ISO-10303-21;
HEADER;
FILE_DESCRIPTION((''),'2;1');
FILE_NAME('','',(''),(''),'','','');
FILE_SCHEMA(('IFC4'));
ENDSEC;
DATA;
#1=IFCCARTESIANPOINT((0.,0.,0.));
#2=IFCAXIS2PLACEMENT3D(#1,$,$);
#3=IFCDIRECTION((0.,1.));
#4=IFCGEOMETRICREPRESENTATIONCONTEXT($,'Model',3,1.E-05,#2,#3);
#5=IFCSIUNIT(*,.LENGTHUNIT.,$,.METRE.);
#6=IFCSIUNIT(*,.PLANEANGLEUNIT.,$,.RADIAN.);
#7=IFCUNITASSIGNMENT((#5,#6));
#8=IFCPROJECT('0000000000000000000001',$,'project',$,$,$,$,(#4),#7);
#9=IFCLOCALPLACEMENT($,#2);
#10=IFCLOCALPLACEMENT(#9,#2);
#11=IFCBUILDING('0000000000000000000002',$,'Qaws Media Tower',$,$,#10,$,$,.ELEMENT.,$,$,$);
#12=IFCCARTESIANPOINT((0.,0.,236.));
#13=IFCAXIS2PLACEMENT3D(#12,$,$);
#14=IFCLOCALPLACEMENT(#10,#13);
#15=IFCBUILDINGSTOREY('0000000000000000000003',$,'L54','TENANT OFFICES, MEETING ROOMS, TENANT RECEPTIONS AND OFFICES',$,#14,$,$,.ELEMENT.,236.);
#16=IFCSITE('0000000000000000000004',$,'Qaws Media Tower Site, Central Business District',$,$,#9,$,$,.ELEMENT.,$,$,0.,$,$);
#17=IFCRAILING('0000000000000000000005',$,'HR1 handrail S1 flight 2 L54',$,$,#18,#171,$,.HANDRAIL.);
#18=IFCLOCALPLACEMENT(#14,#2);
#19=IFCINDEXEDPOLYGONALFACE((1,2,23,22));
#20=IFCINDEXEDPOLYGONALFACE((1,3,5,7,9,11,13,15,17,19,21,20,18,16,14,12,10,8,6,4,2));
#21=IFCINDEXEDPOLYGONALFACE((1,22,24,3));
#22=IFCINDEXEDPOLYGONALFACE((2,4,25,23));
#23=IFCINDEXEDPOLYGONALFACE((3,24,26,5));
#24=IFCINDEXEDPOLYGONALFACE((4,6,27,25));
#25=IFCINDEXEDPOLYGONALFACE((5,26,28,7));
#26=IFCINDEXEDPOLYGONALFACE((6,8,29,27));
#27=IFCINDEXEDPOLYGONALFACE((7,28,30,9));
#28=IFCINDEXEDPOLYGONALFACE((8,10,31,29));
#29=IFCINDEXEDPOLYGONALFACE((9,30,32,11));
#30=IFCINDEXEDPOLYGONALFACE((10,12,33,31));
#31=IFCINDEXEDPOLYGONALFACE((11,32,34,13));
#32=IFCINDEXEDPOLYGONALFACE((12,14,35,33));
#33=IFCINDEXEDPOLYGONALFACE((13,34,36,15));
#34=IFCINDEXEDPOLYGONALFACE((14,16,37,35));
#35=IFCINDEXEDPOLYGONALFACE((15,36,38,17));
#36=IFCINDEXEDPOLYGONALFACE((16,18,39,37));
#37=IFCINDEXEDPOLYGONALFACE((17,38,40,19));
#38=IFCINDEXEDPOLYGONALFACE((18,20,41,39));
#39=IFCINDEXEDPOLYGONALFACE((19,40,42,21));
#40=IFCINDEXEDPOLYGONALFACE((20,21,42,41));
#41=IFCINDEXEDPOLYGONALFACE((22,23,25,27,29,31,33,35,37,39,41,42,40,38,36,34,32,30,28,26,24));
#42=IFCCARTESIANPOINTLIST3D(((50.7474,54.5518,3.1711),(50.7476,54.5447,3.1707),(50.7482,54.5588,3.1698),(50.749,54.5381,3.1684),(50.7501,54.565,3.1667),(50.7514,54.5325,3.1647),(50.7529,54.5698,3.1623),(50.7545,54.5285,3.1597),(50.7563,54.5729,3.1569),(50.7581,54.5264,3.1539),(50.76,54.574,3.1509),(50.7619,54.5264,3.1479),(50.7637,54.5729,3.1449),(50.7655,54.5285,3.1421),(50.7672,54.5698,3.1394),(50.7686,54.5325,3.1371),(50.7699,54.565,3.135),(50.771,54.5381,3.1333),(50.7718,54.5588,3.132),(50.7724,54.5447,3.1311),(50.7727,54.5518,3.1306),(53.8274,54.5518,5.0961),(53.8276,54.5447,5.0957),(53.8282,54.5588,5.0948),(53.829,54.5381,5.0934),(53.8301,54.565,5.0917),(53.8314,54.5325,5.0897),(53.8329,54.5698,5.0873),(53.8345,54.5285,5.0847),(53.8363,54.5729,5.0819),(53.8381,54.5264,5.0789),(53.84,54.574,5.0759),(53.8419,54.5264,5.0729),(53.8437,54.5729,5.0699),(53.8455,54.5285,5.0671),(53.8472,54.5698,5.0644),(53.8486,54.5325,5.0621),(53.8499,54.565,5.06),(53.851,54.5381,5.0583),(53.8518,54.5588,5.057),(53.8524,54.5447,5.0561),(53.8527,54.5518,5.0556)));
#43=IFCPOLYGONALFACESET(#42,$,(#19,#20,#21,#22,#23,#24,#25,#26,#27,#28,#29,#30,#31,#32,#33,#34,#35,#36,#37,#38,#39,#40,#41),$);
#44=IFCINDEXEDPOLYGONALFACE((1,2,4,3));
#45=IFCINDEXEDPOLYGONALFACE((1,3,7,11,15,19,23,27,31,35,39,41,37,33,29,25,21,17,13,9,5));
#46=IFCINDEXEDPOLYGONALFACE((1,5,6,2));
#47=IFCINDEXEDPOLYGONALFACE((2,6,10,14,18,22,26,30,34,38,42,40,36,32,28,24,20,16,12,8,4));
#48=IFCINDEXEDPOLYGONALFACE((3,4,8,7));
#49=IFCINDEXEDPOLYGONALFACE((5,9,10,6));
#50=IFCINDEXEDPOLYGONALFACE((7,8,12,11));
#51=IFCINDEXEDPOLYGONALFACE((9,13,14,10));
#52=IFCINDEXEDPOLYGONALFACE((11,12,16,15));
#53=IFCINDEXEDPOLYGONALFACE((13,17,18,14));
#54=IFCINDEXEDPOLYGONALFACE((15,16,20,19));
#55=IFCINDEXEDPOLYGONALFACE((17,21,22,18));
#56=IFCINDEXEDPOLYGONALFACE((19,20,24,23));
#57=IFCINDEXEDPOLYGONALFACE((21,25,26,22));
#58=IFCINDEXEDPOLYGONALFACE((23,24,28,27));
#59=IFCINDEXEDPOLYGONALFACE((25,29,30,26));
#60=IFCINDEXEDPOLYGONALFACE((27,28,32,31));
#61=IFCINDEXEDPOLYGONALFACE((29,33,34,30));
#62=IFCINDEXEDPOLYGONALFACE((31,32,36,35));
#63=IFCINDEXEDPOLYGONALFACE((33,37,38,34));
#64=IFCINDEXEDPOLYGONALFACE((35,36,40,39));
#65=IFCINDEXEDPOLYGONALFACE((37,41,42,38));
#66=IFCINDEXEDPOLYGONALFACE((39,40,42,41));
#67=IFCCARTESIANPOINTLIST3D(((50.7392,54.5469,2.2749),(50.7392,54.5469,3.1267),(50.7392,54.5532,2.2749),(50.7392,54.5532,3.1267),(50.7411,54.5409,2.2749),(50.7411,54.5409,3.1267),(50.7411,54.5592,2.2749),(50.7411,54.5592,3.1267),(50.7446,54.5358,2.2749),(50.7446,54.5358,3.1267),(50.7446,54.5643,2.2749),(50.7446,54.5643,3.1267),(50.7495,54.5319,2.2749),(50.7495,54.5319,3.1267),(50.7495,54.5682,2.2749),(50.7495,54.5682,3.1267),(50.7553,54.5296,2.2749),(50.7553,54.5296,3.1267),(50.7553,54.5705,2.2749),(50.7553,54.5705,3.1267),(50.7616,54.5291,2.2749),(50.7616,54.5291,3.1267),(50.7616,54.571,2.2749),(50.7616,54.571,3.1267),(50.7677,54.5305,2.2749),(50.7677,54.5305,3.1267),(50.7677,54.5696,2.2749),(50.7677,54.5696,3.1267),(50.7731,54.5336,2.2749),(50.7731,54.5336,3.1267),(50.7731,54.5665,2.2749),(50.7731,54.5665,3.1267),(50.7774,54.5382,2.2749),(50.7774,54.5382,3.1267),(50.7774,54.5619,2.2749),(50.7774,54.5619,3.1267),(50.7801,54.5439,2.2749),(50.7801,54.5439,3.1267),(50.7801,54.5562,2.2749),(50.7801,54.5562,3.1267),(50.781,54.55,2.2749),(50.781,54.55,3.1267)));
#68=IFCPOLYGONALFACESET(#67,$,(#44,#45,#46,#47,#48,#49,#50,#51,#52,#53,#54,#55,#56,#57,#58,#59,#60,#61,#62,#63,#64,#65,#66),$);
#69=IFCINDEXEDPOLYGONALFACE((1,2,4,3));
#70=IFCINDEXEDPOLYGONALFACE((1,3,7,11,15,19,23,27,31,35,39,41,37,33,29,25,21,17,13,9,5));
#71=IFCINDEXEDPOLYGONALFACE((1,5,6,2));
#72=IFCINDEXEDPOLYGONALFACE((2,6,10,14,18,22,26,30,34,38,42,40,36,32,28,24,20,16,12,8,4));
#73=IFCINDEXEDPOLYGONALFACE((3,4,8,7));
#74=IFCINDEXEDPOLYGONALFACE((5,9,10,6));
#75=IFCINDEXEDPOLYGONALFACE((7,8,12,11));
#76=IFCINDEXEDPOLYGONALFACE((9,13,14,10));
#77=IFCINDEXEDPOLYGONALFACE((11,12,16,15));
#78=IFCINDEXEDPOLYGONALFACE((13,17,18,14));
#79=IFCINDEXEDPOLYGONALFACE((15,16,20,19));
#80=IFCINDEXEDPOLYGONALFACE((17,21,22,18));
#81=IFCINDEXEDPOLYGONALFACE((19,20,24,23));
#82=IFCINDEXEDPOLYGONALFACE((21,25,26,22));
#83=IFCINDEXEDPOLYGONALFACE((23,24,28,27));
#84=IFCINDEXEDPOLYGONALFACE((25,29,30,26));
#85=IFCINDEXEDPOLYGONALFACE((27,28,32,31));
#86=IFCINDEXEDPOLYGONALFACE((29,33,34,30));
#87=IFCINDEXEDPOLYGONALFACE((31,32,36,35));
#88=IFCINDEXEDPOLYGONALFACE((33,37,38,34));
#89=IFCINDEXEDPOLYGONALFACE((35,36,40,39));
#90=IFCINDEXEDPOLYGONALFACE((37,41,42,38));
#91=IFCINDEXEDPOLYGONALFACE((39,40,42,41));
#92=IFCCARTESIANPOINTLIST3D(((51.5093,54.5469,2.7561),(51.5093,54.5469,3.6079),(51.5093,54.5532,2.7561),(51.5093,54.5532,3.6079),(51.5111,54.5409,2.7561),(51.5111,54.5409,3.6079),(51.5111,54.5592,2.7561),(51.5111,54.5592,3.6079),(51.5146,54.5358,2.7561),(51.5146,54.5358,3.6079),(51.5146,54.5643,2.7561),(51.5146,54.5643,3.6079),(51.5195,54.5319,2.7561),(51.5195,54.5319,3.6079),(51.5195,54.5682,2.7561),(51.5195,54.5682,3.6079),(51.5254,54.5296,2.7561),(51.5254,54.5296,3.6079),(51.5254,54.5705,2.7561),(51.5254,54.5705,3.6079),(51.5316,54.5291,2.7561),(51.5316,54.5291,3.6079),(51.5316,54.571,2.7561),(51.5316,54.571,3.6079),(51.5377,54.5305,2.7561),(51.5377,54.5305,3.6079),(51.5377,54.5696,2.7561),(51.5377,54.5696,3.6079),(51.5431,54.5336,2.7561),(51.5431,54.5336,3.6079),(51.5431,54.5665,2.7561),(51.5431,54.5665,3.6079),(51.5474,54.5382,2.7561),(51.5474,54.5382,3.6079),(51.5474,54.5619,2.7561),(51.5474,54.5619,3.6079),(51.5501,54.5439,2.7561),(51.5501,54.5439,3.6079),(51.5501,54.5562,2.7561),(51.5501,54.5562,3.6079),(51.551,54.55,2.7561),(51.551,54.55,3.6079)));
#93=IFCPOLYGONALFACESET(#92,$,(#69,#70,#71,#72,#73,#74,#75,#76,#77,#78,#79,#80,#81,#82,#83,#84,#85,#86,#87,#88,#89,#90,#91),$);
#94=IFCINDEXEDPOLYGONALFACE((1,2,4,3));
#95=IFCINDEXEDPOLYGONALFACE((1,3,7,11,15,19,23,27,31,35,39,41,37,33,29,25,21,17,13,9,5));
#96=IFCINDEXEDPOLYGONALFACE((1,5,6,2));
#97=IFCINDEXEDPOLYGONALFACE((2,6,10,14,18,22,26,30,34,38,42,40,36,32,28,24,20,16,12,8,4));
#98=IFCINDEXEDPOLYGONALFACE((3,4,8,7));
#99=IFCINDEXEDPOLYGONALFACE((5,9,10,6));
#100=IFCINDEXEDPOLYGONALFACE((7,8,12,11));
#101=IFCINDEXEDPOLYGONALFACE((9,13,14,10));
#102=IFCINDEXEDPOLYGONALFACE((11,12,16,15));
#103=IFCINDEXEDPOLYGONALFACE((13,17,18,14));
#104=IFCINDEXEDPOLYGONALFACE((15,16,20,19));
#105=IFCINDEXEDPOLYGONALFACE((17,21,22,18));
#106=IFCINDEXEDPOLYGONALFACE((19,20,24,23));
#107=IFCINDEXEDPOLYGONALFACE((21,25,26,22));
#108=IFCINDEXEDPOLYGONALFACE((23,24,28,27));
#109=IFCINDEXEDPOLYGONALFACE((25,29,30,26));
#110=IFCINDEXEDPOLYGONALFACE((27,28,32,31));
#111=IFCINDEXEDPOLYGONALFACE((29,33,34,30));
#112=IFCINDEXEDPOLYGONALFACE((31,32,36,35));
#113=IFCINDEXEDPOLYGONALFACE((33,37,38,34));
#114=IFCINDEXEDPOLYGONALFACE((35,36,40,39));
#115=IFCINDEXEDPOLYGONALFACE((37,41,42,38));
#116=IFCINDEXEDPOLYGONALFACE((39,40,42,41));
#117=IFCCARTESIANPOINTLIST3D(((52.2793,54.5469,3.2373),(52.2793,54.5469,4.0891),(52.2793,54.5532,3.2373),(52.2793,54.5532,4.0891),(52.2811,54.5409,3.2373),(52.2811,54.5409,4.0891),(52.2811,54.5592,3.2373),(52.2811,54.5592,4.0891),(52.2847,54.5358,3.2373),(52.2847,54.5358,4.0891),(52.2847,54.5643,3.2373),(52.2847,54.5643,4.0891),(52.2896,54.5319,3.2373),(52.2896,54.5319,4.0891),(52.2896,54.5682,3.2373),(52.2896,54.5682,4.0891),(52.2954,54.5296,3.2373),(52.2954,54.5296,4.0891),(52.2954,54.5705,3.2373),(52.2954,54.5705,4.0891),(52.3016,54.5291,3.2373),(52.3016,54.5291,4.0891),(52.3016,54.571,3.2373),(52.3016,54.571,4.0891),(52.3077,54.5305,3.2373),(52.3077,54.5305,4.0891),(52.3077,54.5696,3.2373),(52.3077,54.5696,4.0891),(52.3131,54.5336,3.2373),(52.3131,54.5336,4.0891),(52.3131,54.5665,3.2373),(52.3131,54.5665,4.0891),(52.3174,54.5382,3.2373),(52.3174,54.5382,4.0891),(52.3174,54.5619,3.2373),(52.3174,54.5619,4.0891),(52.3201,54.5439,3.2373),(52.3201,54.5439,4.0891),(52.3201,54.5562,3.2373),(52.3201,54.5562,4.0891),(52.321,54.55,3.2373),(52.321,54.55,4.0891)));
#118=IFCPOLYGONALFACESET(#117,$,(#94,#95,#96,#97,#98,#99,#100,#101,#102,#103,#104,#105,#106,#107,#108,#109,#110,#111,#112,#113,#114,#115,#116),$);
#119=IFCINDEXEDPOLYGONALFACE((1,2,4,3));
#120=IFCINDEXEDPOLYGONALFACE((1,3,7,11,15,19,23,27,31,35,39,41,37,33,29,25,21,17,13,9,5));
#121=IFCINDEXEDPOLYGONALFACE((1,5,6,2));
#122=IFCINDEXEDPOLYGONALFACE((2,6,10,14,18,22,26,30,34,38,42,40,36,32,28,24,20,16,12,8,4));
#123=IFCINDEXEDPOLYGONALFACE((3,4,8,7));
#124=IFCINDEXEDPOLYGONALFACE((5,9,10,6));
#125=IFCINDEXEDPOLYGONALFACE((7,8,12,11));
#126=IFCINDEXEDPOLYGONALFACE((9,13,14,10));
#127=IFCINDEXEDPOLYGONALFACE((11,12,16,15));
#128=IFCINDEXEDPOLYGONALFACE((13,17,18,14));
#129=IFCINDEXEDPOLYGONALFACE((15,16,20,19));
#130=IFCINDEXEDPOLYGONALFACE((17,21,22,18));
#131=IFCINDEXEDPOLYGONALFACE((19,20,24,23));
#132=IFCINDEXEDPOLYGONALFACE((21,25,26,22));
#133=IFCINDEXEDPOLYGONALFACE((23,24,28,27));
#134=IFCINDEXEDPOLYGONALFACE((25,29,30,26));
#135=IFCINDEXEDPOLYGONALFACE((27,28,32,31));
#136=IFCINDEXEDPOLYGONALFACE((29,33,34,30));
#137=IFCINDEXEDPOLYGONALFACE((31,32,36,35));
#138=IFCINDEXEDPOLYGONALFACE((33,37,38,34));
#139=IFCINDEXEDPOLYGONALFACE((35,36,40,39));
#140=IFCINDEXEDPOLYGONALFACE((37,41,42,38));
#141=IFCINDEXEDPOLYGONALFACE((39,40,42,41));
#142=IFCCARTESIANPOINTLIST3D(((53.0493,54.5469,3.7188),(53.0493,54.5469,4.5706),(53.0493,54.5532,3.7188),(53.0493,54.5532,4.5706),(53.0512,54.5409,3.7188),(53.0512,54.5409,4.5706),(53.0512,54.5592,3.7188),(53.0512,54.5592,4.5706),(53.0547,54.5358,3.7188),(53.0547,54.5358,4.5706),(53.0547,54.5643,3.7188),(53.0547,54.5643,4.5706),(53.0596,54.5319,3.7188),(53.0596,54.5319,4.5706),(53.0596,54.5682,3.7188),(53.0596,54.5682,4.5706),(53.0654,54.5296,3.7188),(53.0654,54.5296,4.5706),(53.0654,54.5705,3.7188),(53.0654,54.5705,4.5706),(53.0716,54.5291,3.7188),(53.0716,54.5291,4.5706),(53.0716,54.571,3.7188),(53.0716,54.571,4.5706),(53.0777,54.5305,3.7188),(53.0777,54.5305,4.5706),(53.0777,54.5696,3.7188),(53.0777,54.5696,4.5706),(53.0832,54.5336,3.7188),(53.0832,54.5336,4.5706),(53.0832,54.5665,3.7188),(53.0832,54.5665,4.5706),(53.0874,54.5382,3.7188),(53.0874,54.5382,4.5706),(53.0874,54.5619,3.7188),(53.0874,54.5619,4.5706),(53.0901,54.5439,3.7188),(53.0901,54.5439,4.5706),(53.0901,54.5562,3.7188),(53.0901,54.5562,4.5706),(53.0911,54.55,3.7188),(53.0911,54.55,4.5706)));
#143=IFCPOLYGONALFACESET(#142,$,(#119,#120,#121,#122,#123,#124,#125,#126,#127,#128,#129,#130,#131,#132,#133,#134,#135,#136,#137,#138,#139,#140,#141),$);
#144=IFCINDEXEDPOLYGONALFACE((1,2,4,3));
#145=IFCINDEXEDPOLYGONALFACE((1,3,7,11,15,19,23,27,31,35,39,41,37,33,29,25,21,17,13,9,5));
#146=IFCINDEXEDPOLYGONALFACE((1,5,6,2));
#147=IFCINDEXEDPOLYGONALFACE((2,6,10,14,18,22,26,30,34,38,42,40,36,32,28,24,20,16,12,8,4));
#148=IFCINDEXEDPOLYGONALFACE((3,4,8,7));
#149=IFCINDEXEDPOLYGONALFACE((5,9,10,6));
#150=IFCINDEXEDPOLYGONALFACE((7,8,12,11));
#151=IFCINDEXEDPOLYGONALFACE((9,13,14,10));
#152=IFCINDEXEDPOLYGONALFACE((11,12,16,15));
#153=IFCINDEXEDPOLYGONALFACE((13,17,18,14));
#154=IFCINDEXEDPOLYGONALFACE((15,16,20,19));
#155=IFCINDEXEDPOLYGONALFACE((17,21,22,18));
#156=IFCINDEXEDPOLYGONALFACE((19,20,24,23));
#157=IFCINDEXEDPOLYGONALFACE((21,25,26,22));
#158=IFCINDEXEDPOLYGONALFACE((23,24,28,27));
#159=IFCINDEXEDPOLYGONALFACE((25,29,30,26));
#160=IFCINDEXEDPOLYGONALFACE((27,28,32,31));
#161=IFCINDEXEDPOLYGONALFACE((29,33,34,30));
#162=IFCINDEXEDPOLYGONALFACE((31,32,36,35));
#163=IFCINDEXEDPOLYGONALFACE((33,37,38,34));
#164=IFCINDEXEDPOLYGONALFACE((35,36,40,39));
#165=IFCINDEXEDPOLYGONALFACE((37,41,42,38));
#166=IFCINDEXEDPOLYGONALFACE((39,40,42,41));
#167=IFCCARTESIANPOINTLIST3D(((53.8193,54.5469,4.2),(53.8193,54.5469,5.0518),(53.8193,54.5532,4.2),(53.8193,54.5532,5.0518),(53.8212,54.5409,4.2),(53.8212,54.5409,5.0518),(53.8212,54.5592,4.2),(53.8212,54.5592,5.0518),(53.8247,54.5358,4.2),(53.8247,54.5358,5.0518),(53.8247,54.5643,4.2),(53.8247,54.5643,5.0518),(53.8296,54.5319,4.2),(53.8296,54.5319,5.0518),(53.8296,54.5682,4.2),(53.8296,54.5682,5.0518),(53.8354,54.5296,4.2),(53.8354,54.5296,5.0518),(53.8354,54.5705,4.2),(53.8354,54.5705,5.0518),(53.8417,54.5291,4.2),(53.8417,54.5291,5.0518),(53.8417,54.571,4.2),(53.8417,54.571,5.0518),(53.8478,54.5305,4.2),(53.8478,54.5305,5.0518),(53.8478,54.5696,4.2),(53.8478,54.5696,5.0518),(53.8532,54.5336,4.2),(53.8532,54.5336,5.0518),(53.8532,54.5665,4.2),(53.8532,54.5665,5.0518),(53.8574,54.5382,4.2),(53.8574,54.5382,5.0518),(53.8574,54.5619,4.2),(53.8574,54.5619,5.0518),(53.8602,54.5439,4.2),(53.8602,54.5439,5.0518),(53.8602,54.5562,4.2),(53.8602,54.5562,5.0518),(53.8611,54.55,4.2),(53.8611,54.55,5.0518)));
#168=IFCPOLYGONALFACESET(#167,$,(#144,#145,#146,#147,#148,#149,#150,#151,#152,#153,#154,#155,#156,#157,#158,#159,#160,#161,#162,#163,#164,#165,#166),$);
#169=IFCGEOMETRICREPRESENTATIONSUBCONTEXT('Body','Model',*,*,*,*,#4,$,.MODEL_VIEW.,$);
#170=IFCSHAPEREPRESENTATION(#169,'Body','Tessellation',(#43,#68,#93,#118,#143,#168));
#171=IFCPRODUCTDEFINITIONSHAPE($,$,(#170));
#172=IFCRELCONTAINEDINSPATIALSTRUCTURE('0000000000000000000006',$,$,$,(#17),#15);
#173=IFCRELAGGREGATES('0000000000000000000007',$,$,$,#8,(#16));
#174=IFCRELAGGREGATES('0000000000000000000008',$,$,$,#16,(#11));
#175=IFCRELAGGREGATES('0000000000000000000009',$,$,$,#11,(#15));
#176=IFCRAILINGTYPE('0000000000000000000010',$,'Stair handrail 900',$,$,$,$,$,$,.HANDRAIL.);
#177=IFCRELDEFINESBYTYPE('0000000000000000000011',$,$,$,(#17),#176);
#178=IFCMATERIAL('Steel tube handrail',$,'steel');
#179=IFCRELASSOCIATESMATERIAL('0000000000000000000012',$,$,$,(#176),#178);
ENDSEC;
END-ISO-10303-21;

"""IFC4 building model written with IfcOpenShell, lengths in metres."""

from ifc_helpers import new_model, si_unit, direction, frame, origin, origin_2d, place, context, subcontext, project, spatial, circle, extrude, material, type_object, element, save


model = new_model("IFC4")

# Units and contexts
model_context = context("Model", 3, precision=1e-05, world=origin(), true_north=direction((0.0, 1.0)))
body_context = subcontext(model_context, "Body", "Model", "MODEL_VIEW")
ifc_project = project(units=[si_unit("LENGTHUNIT", "METRE"), si_unit("PLANEANGLEUNIT", "RADIAN")], contexts=[model_context])

# Site, building, storey
site_placement = place(None, origin())
site = spatial("IfcSite", under=ifc_project, at=site_placement, Name="Qaws Media Tower Site, Central Business District", CompositionType="ELEMENT", RefElevation=0.0)
building_placement = place(site_placement, origin())
building = spatial("IfcBuilding", under=site, at=building_placement, Name="Qaws Media Tower", CompositionType="ELEMENT")
storey_placement = place(building_placement, frame((0.0, 0.0, 236.0)))
storey = spatial("IfcBuildingStorey", under=building, at=storey_placement, Name="L54", Description="TENANT OFFICES, MEETING ROOMS, TENANT RECEPTIONS AND OFFICES", CompositionType="ELEMENT", Elevation=236.0)

# Railing
ifc_material_1 = material(Name="Steel tube handrail", Category="steel")
railing_type = type_object("IfcRailingType", Name="Stair handrail 900", PredefinedType="HANDRAIL", material=ifc_material_1)
for number, where, name in (
    (1, (50.76, 54.55, 2.2749), "HR1 handrail S1 flight 2 L54"),
):
    element("IfcRailing", number, at=place(storey_placement, frame(where)), inside=storey, type_object=railing_type, Name=name, PredefinedType="HANDRAIL", context=body_context, shape_type="SweptSolid", body=[
        extrude(circle(Radius=0.0239, at=origin_2d()), frame((0.0, 0.0, 0.876), z_axis=(0.847998, 0.0, 0.529999), x_axis=(0.0, 1.0, 0.0)), (0.0, 0.0, 1.0), 3.6321),
        extrude(circle(Radius=0.021, at=origin_2d()), origin(), (0.0, 0.0, 1.0), 0.8518),
        extrude(circle(Radius=0.021, at=origin_2d()), frame((0.77, 0.0, 0.4812)), (0.0, 0.0, 1.0), 0.8518),
        extrude(circle(Radius=0.021, at=origin_2d()), frame((1.54, 0.0, 0.9624)), (0.0, 0.0, 1.0), 0.8518),
        extrude(circle(Radius=0.021, at=origin_2d()), frame((2.3101, 0.0, 1.4438)), (0.0, 0.0, 1.0), 0.8518),
        extrude(circle(Radius=0.021, at=origin_2d()), frame((3.0801, 0.0, 1.925)), (0.0, 0.0, 1.0), 0.8518),
    ])

save(model, "model.ifc")
